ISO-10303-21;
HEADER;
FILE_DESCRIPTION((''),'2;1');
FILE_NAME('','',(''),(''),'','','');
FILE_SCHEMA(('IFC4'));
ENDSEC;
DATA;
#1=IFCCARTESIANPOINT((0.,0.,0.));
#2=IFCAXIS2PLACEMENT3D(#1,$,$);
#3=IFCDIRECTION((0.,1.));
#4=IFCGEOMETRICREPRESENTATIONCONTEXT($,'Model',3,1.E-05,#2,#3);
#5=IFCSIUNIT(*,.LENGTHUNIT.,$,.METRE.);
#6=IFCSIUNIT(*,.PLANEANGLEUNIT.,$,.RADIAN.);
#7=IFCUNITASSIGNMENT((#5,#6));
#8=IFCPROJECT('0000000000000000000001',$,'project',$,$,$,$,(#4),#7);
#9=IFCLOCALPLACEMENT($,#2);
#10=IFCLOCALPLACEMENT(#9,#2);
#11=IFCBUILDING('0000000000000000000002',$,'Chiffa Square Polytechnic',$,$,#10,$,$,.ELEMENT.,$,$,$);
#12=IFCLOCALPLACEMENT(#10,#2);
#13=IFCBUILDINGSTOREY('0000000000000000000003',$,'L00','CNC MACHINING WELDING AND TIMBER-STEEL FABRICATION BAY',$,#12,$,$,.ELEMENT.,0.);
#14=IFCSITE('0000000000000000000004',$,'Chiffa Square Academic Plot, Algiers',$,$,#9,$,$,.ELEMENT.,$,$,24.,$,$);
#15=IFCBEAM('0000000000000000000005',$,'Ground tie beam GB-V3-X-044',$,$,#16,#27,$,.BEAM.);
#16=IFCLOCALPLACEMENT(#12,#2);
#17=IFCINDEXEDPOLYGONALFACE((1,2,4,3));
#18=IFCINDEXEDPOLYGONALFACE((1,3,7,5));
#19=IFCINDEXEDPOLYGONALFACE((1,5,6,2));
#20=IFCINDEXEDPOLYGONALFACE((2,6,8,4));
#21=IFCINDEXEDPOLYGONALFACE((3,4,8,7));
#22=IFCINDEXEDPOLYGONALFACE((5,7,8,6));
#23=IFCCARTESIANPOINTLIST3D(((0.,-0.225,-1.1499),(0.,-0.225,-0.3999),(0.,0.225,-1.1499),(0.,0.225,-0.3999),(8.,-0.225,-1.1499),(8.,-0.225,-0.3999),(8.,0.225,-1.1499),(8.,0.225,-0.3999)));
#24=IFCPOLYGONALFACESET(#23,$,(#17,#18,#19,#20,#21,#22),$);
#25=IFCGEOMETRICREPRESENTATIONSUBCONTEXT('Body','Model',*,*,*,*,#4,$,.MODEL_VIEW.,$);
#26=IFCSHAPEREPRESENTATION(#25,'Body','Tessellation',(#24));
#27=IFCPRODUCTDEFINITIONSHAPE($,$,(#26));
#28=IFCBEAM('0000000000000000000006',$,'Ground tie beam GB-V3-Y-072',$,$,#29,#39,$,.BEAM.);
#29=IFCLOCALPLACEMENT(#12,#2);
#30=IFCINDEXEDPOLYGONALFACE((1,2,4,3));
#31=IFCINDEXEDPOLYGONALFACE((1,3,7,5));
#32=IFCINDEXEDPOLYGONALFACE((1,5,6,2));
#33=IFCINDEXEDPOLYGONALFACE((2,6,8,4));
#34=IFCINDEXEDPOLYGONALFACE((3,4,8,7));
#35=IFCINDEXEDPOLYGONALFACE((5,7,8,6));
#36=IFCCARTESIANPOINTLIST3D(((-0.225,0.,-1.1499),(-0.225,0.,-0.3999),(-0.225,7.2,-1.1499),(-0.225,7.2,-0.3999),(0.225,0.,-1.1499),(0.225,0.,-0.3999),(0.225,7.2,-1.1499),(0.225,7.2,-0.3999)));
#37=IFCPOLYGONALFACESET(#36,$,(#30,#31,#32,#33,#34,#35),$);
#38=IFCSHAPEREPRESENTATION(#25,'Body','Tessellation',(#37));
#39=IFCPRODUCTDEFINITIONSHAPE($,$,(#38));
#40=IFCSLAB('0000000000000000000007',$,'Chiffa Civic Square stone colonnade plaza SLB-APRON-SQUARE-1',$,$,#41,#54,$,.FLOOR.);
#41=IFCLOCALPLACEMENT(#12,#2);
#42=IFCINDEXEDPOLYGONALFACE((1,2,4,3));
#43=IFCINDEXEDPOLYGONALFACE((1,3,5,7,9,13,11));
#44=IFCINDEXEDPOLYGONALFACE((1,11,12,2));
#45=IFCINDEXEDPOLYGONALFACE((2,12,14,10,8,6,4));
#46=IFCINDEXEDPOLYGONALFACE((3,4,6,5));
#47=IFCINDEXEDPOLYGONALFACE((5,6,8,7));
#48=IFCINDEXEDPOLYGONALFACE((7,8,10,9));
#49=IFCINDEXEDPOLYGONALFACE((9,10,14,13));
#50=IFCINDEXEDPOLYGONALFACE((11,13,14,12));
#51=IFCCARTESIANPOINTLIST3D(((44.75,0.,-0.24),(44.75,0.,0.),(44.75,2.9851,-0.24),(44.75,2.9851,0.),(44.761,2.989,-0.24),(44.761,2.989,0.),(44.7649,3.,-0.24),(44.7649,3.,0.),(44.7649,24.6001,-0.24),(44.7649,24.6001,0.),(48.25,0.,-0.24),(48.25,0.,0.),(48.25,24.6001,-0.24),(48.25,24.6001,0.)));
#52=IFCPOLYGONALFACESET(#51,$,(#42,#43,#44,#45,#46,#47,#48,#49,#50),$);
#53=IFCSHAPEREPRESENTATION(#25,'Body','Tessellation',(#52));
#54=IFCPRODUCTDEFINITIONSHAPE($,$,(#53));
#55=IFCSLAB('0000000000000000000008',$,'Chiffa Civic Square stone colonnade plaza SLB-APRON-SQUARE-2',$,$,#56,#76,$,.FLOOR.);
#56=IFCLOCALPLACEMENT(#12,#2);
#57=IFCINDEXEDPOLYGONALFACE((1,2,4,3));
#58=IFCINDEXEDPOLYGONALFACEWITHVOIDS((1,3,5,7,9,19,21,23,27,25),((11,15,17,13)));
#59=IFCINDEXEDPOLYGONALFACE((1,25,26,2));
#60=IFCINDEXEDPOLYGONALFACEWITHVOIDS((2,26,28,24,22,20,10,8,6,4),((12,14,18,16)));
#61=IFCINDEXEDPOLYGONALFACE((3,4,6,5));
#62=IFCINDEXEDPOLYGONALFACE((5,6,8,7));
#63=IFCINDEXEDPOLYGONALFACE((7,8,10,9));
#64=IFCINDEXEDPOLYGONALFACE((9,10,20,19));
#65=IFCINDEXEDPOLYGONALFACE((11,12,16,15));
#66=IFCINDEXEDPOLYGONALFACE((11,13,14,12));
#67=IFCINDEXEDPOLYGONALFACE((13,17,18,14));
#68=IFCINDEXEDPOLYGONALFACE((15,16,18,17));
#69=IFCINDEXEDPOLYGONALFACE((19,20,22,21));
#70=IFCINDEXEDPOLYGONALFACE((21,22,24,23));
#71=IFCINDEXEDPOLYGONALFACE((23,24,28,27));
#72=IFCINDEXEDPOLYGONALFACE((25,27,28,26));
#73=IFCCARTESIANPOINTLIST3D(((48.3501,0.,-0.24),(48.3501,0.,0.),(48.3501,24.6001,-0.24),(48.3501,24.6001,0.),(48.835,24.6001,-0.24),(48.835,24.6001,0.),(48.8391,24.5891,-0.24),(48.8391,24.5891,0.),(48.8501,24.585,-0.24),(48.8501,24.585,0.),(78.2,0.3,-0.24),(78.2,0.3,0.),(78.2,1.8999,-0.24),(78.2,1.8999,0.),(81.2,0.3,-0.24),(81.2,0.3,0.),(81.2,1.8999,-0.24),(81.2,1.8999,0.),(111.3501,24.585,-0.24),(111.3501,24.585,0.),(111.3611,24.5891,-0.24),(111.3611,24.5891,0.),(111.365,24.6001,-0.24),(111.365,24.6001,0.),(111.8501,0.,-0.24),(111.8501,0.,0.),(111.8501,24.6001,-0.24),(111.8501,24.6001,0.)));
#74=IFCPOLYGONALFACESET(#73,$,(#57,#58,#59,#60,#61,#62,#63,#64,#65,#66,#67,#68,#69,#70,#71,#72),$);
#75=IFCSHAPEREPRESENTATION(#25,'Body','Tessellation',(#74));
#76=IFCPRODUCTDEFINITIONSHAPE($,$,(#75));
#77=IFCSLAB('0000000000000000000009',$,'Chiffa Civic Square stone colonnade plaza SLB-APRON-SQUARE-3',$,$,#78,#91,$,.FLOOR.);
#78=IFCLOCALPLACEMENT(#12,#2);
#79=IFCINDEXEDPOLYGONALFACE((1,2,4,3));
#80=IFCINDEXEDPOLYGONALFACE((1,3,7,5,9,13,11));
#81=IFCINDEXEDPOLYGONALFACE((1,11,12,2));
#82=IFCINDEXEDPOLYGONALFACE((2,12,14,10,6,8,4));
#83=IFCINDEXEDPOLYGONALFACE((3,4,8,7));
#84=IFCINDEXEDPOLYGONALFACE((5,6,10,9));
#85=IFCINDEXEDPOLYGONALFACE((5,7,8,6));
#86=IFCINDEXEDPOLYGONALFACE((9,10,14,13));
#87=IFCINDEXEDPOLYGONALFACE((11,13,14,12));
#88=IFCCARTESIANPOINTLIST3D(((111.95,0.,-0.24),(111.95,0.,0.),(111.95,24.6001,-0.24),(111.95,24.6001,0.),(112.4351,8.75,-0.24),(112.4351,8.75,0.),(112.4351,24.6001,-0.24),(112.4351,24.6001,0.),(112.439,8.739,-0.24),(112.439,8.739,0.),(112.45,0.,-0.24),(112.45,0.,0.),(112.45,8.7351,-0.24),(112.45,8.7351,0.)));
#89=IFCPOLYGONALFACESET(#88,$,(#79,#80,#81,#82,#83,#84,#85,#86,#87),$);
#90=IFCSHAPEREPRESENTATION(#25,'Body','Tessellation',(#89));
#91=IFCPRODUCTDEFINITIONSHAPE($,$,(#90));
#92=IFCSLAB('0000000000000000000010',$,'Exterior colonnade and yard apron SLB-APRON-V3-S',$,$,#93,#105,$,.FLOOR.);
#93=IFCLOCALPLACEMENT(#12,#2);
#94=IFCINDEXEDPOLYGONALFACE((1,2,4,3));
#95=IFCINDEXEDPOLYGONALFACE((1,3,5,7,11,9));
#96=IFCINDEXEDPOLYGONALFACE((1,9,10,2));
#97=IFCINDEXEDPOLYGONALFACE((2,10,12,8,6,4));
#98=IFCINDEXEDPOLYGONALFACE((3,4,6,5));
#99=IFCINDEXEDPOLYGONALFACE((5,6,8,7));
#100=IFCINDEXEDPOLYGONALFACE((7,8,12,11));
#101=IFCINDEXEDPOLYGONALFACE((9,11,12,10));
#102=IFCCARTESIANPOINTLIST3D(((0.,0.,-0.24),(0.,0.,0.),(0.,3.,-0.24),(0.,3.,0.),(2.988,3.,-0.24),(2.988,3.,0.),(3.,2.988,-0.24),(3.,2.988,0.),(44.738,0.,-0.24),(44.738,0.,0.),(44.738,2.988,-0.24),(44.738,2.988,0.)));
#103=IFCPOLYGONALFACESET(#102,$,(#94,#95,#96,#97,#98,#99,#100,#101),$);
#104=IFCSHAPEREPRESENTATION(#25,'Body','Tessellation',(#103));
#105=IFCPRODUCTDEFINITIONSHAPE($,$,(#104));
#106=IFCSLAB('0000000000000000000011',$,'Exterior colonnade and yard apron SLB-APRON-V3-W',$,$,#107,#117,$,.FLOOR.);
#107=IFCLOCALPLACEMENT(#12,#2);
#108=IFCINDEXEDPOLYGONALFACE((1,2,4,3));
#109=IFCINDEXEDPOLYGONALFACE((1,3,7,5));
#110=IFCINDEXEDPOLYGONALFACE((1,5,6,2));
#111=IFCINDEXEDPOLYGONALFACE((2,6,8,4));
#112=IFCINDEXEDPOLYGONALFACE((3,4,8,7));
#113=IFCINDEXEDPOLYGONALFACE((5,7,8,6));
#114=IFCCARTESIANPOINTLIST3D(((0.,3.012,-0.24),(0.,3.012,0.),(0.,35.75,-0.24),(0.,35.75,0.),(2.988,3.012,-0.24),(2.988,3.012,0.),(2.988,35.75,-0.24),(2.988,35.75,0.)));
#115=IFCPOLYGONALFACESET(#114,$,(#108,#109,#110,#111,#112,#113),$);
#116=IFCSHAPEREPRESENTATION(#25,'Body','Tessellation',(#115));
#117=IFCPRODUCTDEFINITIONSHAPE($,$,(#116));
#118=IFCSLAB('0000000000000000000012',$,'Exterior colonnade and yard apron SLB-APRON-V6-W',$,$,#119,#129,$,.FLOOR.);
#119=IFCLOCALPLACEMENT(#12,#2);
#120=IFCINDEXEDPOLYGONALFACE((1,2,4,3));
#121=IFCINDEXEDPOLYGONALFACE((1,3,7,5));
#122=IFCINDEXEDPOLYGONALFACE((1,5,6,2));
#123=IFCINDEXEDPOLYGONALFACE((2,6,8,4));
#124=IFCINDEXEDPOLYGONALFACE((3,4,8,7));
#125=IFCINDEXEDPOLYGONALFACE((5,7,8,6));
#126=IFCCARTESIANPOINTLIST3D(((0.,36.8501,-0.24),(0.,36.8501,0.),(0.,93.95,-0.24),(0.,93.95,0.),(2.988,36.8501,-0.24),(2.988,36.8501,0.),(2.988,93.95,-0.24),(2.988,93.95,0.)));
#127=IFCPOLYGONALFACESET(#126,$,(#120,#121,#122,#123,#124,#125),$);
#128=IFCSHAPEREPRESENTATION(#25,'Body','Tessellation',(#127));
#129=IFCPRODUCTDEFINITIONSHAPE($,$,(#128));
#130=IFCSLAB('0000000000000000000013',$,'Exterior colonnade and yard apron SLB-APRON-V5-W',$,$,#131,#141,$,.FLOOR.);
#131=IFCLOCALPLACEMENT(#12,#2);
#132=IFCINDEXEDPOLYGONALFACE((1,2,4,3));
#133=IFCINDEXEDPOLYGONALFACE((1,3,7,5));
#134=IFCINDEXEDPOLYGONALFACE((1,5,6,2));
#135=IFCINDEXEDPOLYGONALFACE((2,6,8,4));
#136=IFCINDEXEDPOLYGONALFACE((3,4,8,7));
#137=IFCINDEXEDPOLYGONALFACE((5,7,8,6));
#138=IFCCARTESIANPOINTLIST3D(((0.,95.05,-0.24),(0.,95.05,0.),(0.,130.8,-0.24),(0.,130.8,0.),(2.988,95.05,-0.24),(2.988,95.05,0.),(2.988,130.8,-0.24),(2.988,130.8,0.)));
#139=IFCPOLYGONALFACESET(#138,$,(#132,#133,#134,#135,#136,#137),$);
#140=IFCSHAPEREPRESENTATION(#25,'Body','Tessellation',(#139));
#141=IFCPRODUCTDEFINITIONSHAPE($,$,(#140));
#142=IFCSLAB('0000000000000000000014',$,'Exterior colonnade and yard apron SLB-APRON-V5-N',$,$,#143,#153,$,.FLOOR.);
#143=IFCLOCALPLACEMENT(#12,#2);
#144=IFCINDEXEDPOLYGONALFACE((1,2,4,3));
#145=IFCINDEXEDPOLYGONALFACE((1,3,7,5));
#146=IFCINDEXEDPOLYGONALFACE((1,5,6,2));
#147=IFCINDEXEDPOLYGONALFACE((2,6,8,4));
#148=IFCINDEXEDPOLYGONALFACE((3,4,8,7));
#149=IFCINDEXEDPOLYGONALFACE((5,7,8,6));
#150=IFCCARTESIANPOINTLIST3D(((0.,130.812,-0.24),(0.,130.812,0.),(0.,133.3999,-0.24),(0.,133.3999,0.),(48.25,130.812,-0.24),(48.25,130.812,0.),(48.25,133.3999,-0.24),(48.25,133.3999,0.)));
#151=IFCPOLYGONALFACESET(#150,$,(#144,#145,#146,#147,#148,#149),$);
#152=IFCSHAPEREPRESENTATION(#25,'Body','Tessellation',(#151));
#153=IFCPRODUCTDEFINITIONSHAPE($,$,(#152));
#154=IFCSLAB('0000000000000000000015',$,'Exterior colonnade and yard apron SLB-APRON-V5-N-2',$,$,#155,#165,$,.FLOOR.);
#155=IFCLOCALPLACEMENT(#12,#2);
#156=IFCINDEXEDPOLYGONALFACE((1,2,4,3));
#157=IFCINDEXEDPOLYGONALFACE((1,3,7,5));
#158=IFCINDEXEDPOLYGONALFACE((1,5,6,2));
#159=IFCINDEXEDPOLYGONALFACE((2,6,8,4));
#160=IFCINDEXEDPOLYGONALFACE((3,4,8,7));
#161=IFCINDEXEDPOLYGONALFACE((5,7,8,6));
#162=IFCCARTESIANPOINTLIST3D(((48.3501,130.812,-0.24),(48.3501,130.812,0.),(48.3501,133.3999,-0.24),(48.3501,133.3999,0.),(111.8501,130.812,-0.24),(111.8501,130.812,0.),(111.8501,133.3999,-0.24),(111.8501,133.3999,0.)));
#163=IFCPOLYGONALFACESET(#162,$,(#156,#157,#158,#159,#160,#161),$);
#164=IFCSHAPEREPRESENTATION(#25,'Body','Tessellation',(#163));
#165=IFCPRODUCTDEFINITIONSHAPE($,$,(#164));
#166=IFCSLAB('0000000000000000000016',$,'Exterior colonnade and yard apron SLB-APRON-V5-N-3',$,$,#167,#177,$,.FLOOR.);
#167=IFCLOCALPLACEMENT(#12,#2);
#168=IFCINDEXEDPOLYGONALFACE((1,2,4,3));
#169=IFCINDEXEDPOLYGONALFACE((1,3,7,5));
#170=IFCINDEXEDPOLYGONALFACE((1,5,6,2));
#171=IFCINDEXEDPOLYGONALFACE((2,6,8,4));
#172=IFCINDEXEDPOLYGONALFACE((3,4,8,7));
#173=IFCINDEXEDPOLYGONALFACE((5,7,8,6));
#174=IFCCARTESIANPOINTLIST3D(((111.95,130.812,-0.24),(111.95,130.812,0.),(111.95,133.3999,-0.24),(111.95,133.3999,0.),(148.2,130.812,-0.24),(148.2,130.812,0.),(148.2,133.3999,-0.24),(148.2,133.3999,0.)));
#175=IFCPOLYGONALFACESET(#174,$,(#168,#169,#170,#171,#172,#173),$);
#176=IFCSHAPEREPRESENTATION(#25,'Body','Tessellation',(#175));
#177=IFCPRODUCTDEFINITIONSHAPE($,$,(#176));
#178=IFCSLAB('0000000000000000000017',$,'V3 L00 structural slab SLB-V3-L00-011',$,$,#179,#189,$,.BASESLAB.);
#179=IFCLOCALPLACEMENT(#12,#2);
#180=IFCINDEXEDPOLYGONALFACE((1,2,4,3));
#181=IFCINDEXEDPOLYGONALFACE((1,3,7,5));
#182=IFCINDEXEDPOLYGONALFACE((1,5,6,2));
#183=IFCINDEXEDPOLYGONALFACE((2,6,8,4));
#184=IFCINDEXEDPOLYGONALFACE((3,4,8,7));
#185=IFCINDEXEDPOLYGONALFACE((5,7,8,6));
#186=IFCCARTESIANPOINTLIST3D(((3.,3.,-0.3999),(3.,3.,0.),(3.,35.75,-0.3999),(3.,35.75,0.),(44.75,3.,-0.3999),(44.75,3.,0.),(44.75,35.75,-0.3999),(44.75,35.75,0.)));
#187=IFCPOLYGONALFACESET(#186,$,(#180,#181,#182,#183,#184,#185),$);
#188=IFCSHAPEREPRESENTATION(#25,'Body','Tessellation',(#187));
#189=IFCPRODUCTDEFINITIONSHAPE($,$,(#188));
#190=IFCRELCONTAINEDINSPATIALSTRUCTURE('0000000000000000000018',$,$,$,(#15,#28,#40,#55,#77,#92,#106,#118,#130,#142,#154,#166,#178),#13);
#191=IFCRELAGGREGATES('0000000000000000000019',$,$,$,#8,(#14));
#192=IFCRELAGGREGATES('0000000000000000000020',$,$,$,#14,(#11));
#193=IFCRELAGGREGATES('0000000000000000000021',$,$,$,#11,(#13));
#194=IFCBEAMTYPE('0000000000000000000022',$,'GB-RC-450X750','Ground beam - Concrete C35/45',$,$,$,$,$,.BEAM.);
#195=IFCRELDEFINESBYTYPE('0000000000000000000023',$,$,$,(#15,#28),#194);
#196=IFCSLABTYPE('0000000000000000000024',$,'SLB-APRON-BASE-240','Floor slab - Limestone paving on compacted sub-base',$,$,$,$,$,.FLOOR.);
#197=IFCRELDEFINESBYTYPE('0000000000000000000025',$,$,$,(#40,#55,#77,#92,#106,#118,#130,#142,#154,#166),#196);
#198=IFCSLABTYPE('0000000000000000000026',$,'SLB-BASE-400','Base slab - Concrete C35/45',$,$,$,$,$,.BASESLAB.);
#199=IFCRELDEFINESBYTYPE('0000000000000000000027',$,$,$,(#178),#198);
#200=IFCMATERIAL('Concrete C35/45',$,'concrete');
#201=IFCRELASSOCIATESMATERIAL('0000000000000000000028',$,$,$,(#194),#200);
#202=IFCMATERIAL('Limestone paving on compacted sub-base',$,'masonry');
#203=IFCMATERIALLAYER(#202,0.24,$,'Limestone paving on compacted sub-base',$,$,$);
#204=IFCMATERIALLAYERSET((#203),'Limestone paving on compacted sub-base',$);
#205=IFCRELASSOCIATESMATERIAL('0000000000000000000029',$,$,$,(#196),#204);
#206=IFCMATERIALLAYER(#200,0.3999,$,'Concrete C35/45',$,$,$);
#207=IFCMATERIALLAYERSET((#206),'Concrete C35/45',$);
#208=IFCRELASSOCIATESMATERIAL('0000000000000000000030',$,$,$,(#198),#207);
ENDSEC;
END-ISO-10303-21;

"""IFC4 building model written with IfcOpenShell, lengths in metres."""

from ifc_helpers import new_model, si_unit, direction, frame, origin, origin_2d, place, context, subcontext, project, spatial, polyline, rectangle, outline, extrude, material, layer, layer_set, material_profile, profile_set, type_object, element, save


model = new_model("IFC4")

# Units and contexts
model_context = context("Model", 3, precision=1e-05, world=origin(), true_north=direction((0.0, 1.0)))
body_context = subcontext(model_context, "Body", "Model", "MODEL_VIEW")
ifc_project = project(units=[si_unit("LENGTHUNIT", "METRE"), si_unit("PLANEANGLEUNIT", "RADIAN")], contexts=[model_context])

# Site, building, storey
site_placement = place(None, origin())
site = spatial("IfcSite", under=ifc_project, at=site_placement, Name="Chiffa Square Academic Plot, Algiers", CompositionType="ELEMENT", RefElevation=24.0)
building_placement = place(site_placement, origin())
building = spatial("IfcBuilding", under=site, at=building_placement, Name="Chiffa Square Polytechnic", CompositionType="ELEMENT")
storey_placement = place(building_placement, origin())
storey = spatial("IfcBuildingStorey", under=building, at=storey_placement, Name="L00", Description="CNC MACHINING WELDING AND TIMBER-STEEL FABRICATION BAY", CompositionType="ELEMENT", Elevation=0.0)

# Beams
ifc_material_1 = material(Name="Concrete C35/45", Category="concrete")
ifc_material_profile = material_profile(ifc_material_1, rectangle(XDim=0.45, YDim=0.75, at=origin_2d()), Name="RC 450x750")
ifc_profile_set = profile_set([ifc_material_profile], Name="Concrete C35/45")
beam_type = type_object("IfcBeamType", Name="GB-RC-450X750", Description="Ground beam - Concrete C35/45", PredefinedType="BEAM", material=ifc_profile_set)
beam_1_placement = place(storey_placement, frame((0.0, 0.0, -0.7749), z_axis=(1.0, 0.0, 0.0), x_axis=(0.0, 1.0, 0.0)))
element("IfcBeam", 1, at=beam_1_placement, inside=storey, type_object=beam_type, Name="Ground tie beam GB-V3-X-044", PredefinedType="BEAM", context=body_context, shape_type="SweptSolid", body=[
    extrude(rectangle(XDim=0.45, YDim=0.75, at=origin_2d()), origin(), (0.0, 0.0, 1.0), 8.0),
])
beam_2_placement = place(storey_placement, frame((0.0, 0.0, -0.7749), z_axis=(0.0, 1.0, 0.0), x_axis=(-1.0, 0.0, 0.0)))
element("IfcBeam", 2, at=beam_2_placement, inside=storey, type_object=beam_type, Name="Ground tie beam GB-V3-Y-072", PredefinedType="BEAM", context=body_context, shape_type="SweptSolid", body=[
    extrude(rectangle(XDim=0.45, YDim=0.75, at=origin_2d()), origin(), (0.0, 0.0, 1.0), 7.2),
])

# Slabs
ifc_material_2 = material(Name="Limestone paving on compacted sub-base", Category="masonry")
ifc_layer_1 = layer(ifc_material_2, 0.24, Name="Limestone paving on compacted sub-base")
ifc_layer_set_1 = layer_set([ifc_layer_1], Name="Limestone paving on compacted sub-base")
slab_type_1 = type_object("IfcSlabType", Name="SLB-APRON-BASE-240", Description="Floor slab - Limestone paving on compacted sub-base", PredefinedType="FLOOR", material=ifc_layer_set_1)
slab_1_placement = place(storey_placement, frame((0.0, 0.0, -0.24)))
element("IfcSlab", 3, at=slab_1_placement, inside=storey, type_object=slab_type_1, Name="Chiffa Civic Square stone colonnade plaza SLB-APRON-SQUARE-1", PredefinedType="FLOOR", context=body_context, shape_type="SweptSolid", body=[
    extrude(outline(polyline([(48.25, 0.0), (44.75, 0.0), (44.75, 2.9851), (44.761, 2.989), (44.7649, 3.0), (44.7649, 24.6001), (48.25, 24.6001), (48.25, 0.0)])), origin(), (0.0, 0.0, 1.0), 0.24),
])
slab_2_placement = place(storey_placement, frame((0.0, 0.0, -0.24)))
element("IfcSlab", 4, at=slab_2_placement, inside=storey, type_object=slab_type_1, Name="Chiffa Civic Square stone colonnade plaza SLB-APRON-SQUARE-2", PredefinedType="FLOOR", context=body_context, shape_type="SweptSolid", body=[
    extrude(outline(polyline([(111.8501, 0.0), (48.3501, 0.0), (48.3501, 24.6001), (48.835, 24.6001), (48.8391, 24.5891), (48.8501, 24.585), (111.3501, 24.585), (111.3611, 24.5891), (111.365, 24.6001), (111.8501, 24.6001), (111.8501, 0.0)]), holes=[polyline([(78.2, 1.8999), (78.2, 0.3), (81.2, 0.3), (81.2, 1.8999), (78.2, 1.8999)])]), origin(), (0.0, 0.0, 1.0), 0.24),
])
slab_3_placement = place(storey_placement, frame((0.0, 0.0, -0.24)))
element("IfcSlab", 5, at=slab_3_placement, inside=storey, type_object=slab_type_1, Name="Chiffa Civic Square stone colonnade plaza SLB-APRON-SQUARE-3", PredefinedType="FLOOR", context=body_context, shape_type="SweptSolid", body=[
    extrude(outline(polyline([(112.45, 0.0), (111.95, 0.0), (111.95, 24.6001), (112.4351, 24.6001), (112.4351, 8.75), (112.439, 8.739), (112.45, 8.7351), (112.45, 0.0)])), origin(), (0.0, 0.0, 1.0), 0.24),
])
slab_4_placement = place(storey_placement, frame((0.0, 0.0, -0.24)))
element("IfcSlab", 6, at=slab_4_placement, inside=storey, type_object=slab_type_1, Name="Exterior colonnade and yard apron SLB-APRON-V3-S", PredefinedType="FLOOR", context=body_context, shape_type="SweptSolid", body=[
    extrude(outline(polyline([(2.988, 3.0), (3.0, 2.988), (44.738, 2.988), (44.738, 0.0), (0.0, 0.0), (0.0, 3.0), (2.988, 3.0)])), origin(), (0.0, 0.0, 1.0), 0.24),
])
slab_5_placement = place(storey_placement, frame((0.0, 0.0, -0.24)))
element("IfcSlab", 7, at=slab_5_placement, inside=storey, type_object=slab_type_1, Name="Exterior colonnade and yard apron SLB-APRON-V3-W", PredefinedType="FLOOR", context=body_context, shape_type="SweptSolid", body=[
    extrude(outline(polyline([(2.988, 35.75), (2.988, 3.012), (0.0, 3.012), (0.0, 35.75), (2.988, 35.75)])), origin(), (0.0, 0.0, 1.0), 0.24),
])
slab_6_placement = place(storey_placement, frame((0.0, 0.0, -0.24)))
element("IfcSlab", 8, at=slab_6_placement, inside=storey, type_object=slab_type_1, Name="Exterior colonnade and yard apron SLB-APRON-V6-W", PredefinedType="FLOOR", context=body_context, shape_type="SweptSolid", body=[
    extrude(outline(polyline([(2.988, 93.95), (2.988, 36.8501), (0.0, 36.8501), (0.0, 93.95), (2.988, 93.95)])), origin(), (0.0, 0.0, 1.0), 0.24),
])
slab_7_placement = place(storey_placement, frame((0.0, 0.0, -0.24)))
element("IfcSlab", 9, at=slab_7_placement, inside=storey, type_object=slab_type_1, Name="Exterior colonnade and yard apron SLB-APRON-V5-W", PredefinedType="FLOOR", context=body_context, shape_type="SweptSolid", body=[
    extrude(outline(polyline([(2.988, 130.8), (2.988, 95.05), (0.0, 95.05), (0.0, 130.8), (2.988, 130.8)])), origin(), (0.0, 0.0, 1.0), 0.24),
])
slab_8_placement = place(storey_placement, frame((0.0, 0.0, -0.24)))
element("IfcSlab", 10, at=slab_8_placement, inside=storey, type_object=slab_type_1, Name="Exterior colonnade and yard apron SLB-APRON-V5-N", PredefinedType="FLOOR", context=body_context, shape_type="SweptSolid", body=[
    extrude(outline(polyline([(0.0, 133.3999), (48.25, 133.3999), (48.25, 130.812), (0.0, 130.812), (0.0, 133.3999)])), origin(), (0.0, 0.0, 1.0), 0.24),
])
slab_9_placement = place(storey_placement, frame((0.0, 0.0, -0.24)))
element("IfcSlab", 11, at=slab_9_placement, inside=storey, type_object=slab_type_1, Name="Exterior colonnade and yard apron SLB-APRON-V5-N-2", PredefinedType="FLOOR", context=body_context, shape_type="SweptSolid", body=[
    extrude(outline(polyline([(48.3501, 133.3999), (111.8501, 133.3999), (111.8501, 130.812), (48.3501, 130.812), (48.3501, 133.3999)])), origin(), (0.0, 0.0, 1.0), 0.24),
])
slab_10_placement = place(storey_placement, frame((0.0, 0.0, -0.24)))
element("IfcSlab", 12, at=slab_10_placement, inside=storey, type_object=slab_type_1, Name="Exterior colonnade and yard apron SLB-APRON-V5-N-3", PredefinedType="FLOOR", context=body_context, shape_type="SweptSolid", body=[
    extrude(outline(polyline([(148.2, 130.812), (111.95, 130.812), (111.95, 133.3999), (148.2, 133.3999), (148.2, 130.812)])), origin(), (0.0, 0.0, 1.0), 0.24),
])
ifc_layer_2 = layer(ifc_material_1, 0.3999, Name="Concrete C35/45")
ifc_layer_set_2 = layer_set([ifc_layer_2], Name="Concrete C35/45")
slab_type_2 = type_object("IfcSlabType", Name="SLB-BASE-400", Description="Base slab - Concrete C35/45", PredefinedType="BASESLAB", material=ifc_layer_set_2)
slab_11_placement = place(storey_placement, frame((0.0, 0.0, -0.3999)))
element("IfcSlab", 13, at=slab_11_placement, inside=storey, type_object=slab_type_2, Name="V3 L00 structural slab SLB-V3-L00-011", PredefinedType="BASESLAB", context=body_context, shape_type="SweptSolid", body=[
    extrude(outline(polyline([(3.0, 35.75), (44.75, 35.75), (44.75, 3.0), (3.0, 3.0), (3.0, 35.75)])), origin(), (0.0, 0.0, 1.0), 0.3999),
])

save(model, "model.ifc")
